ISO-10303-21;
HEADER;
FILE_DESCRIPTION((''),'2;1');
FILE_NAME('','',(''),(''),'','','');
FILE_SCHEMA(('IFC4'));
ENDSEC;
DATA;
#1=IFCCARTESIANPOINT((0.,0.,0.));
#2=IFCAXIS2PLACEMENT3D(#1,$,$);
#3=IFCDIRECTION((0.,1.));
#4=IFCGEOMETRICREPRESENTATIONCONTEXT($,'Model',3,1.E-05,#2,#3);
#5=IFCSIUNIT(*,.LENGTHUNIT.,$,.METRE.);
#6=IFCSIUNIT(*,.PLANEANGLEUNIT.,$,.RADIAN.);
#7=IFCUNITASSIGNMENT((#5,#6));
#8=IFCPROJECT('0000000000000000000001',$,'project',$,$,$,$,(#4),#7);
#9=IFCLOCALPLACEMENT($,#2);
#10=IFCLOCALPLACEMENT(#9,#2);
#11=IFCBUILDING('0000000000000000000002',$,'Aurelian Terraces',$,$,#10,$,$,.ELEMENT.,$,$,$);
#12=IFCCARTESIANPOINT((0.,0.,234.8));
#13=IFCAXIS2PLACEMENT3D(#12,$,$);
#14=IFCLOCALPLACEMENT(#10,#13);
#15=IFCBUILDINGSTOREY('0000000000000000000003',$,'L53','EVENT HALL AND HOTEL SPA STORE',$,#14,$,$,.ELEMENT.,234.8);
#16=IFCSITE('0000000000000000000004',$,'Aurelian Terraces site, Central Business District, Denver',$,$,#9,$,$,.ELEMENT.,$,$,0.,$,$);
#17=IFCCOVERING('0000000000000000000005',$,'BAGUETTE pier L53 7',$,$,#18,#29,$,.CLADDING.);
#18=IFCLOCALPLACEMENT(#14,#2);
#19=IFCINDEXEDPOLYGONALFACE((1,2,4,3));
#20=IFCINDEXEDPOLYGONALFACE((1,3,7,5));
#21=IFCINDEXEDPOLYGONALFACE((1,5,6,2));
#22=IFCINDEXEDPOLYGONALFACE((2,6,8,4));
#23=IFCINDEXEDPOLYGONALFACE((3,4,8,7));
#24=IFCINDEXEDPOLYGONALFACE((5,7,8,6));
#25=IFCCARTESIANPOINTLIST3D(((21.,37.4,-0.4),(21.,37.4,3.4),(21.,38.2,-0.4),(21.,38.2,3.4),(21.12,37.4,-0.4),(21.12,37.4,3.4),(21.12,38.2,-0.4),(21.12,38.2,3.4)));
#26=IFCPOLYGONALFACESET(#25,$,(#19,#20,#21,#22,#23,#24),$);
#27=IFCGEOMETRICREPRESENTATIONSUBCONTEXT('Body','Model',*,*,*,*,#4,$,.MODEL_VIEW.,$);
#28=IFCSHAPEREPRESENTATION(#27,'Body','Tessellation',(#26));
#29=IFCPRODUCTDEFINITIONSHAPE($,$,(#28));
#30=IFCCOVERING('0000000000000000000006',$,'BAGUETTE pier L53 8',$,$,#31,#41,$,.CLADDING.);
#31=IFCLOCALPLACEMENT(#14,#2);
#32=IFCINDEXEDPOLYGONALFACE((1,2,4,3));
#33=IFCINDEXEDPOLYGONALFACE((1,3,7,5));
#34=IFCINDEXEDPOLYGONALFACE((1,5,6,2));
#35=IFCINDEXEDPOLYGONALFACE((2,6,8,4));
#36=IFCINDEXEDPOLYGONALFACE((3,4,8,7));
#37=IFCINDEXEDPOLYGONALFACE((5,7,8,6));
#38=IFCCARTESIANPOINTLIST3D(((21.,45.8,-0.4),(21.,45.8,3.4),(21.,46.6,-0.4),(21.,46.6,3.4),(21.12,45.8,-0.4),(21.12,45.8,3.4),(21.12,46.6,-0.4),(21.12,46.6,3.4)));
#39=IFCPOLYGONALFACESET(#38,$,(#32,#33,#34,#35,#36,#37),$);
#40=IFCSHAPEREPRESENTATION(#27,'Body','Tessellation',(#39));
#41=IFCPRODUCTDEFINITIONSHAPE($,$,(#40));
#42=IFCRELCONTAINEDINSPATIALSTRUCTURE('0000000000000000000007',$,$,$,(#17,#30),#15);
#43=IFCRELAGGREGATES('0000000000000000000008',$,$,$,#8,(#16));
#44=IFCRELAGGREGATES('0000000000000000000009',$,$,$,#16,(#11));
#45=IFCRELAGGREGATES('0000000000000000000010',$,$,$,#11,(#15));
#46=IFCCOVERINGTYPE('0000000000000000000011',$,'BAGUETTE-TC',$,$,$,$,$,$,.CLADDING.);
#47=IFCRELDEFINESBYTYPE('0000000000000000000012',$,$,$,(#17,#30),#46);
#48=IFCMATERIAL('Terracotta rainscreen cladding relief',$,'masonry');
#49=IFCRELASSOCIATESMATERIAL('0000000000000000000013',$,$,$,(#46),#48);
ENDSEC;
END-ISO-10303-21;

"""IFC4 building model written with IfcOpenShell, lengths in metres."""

from ifc_helpers import new_model, si_unit, direction, frame, origin, origin_2d, place, context, subcontext, project, spatial, rectangle, extrude, source, transform, mapped, material, type_object, element, save


model = new_model("IFC4")

# Units and contexts
model_context = context("Model", 3, precision=1e-05, world=origin(), true_north=direction((0.0, 1.0)))
body_context = subcontext(model_context, "Body", "Model", "MODEL_VIEW")
ifc_project = project(units=[si_unit("LENGTHUNIT", "METRE"), si_unit("PLANEANGLEUNIT", "RADIAN")], contexts=[model_context])

# Site, building, storey
site_placement = place(None, origin())
site = spatial("IfcSite", under=ifc_project, at=site_placement, Name="Aurelian Terraces site, Central Business District, Denver", CompositionType="ELEMENT", RefElevation=0.0)
building_placement = place(site_placement, origin())
building = spatial("IfcBuilding", under=site, at=building_placement, Name="Aurelian Terraces", CompositionType="ELEMENT")
storey_placement = place(building_placement, frame((0.0, 0.0, 234.8)))
storey = spatial("IfcBuildingStorey", under=building, at=storey_placement, Name="L53", Description="EVENT HALL AND HOTEL SPA STORE", CompositionType="ELEMENT", Elevation=234.8)

# Coverings
ifc_material_1 = material(Name="Terracotta rainscreen cladding relief", Category="masonry")
covering_type = type_object("IfcCoveringType", Name="BAGUETTE-TC", PredefinedType="CLADDING", material=ifc_material_1)
shared_shape_1 = source(origin(), body_context, "Body", "SweptSolid", [
    extrude(rectangle(XDim=0.12, YDim=0.8, at=origin_2d()), origin(), (0.0, 0.0, 1.0), 3.8),
])
for number, where, z_axis, x_axis, name in (
    (1, (21.06, 37.8, -0.4), (0.0, 0.0, 1.0), (1.0, 0.0, 0.0), "BAGUETTE pier L53 7"),
    (2, (21.06, 46.2, -0.4), (0.0, 0.0, 1.0), (1.0, 0.0, 0.0), "BAGUETTE pier L53 8"),
):
    element("IfcCovering", number, at=place(storey_placement, frame(where, z_axis=z_axis, x_axis=x_axis)), inside=storey, type_object=covering_type, Name=name, PredefinedType="CLADDING", context=body_context, shape_type="MappedRepresentation", body=[
        mapped(shared_shape_1, transform((0.0, 0.0, 0.0), scale=1.0)),
    ])

save(model, "model.ifc")
